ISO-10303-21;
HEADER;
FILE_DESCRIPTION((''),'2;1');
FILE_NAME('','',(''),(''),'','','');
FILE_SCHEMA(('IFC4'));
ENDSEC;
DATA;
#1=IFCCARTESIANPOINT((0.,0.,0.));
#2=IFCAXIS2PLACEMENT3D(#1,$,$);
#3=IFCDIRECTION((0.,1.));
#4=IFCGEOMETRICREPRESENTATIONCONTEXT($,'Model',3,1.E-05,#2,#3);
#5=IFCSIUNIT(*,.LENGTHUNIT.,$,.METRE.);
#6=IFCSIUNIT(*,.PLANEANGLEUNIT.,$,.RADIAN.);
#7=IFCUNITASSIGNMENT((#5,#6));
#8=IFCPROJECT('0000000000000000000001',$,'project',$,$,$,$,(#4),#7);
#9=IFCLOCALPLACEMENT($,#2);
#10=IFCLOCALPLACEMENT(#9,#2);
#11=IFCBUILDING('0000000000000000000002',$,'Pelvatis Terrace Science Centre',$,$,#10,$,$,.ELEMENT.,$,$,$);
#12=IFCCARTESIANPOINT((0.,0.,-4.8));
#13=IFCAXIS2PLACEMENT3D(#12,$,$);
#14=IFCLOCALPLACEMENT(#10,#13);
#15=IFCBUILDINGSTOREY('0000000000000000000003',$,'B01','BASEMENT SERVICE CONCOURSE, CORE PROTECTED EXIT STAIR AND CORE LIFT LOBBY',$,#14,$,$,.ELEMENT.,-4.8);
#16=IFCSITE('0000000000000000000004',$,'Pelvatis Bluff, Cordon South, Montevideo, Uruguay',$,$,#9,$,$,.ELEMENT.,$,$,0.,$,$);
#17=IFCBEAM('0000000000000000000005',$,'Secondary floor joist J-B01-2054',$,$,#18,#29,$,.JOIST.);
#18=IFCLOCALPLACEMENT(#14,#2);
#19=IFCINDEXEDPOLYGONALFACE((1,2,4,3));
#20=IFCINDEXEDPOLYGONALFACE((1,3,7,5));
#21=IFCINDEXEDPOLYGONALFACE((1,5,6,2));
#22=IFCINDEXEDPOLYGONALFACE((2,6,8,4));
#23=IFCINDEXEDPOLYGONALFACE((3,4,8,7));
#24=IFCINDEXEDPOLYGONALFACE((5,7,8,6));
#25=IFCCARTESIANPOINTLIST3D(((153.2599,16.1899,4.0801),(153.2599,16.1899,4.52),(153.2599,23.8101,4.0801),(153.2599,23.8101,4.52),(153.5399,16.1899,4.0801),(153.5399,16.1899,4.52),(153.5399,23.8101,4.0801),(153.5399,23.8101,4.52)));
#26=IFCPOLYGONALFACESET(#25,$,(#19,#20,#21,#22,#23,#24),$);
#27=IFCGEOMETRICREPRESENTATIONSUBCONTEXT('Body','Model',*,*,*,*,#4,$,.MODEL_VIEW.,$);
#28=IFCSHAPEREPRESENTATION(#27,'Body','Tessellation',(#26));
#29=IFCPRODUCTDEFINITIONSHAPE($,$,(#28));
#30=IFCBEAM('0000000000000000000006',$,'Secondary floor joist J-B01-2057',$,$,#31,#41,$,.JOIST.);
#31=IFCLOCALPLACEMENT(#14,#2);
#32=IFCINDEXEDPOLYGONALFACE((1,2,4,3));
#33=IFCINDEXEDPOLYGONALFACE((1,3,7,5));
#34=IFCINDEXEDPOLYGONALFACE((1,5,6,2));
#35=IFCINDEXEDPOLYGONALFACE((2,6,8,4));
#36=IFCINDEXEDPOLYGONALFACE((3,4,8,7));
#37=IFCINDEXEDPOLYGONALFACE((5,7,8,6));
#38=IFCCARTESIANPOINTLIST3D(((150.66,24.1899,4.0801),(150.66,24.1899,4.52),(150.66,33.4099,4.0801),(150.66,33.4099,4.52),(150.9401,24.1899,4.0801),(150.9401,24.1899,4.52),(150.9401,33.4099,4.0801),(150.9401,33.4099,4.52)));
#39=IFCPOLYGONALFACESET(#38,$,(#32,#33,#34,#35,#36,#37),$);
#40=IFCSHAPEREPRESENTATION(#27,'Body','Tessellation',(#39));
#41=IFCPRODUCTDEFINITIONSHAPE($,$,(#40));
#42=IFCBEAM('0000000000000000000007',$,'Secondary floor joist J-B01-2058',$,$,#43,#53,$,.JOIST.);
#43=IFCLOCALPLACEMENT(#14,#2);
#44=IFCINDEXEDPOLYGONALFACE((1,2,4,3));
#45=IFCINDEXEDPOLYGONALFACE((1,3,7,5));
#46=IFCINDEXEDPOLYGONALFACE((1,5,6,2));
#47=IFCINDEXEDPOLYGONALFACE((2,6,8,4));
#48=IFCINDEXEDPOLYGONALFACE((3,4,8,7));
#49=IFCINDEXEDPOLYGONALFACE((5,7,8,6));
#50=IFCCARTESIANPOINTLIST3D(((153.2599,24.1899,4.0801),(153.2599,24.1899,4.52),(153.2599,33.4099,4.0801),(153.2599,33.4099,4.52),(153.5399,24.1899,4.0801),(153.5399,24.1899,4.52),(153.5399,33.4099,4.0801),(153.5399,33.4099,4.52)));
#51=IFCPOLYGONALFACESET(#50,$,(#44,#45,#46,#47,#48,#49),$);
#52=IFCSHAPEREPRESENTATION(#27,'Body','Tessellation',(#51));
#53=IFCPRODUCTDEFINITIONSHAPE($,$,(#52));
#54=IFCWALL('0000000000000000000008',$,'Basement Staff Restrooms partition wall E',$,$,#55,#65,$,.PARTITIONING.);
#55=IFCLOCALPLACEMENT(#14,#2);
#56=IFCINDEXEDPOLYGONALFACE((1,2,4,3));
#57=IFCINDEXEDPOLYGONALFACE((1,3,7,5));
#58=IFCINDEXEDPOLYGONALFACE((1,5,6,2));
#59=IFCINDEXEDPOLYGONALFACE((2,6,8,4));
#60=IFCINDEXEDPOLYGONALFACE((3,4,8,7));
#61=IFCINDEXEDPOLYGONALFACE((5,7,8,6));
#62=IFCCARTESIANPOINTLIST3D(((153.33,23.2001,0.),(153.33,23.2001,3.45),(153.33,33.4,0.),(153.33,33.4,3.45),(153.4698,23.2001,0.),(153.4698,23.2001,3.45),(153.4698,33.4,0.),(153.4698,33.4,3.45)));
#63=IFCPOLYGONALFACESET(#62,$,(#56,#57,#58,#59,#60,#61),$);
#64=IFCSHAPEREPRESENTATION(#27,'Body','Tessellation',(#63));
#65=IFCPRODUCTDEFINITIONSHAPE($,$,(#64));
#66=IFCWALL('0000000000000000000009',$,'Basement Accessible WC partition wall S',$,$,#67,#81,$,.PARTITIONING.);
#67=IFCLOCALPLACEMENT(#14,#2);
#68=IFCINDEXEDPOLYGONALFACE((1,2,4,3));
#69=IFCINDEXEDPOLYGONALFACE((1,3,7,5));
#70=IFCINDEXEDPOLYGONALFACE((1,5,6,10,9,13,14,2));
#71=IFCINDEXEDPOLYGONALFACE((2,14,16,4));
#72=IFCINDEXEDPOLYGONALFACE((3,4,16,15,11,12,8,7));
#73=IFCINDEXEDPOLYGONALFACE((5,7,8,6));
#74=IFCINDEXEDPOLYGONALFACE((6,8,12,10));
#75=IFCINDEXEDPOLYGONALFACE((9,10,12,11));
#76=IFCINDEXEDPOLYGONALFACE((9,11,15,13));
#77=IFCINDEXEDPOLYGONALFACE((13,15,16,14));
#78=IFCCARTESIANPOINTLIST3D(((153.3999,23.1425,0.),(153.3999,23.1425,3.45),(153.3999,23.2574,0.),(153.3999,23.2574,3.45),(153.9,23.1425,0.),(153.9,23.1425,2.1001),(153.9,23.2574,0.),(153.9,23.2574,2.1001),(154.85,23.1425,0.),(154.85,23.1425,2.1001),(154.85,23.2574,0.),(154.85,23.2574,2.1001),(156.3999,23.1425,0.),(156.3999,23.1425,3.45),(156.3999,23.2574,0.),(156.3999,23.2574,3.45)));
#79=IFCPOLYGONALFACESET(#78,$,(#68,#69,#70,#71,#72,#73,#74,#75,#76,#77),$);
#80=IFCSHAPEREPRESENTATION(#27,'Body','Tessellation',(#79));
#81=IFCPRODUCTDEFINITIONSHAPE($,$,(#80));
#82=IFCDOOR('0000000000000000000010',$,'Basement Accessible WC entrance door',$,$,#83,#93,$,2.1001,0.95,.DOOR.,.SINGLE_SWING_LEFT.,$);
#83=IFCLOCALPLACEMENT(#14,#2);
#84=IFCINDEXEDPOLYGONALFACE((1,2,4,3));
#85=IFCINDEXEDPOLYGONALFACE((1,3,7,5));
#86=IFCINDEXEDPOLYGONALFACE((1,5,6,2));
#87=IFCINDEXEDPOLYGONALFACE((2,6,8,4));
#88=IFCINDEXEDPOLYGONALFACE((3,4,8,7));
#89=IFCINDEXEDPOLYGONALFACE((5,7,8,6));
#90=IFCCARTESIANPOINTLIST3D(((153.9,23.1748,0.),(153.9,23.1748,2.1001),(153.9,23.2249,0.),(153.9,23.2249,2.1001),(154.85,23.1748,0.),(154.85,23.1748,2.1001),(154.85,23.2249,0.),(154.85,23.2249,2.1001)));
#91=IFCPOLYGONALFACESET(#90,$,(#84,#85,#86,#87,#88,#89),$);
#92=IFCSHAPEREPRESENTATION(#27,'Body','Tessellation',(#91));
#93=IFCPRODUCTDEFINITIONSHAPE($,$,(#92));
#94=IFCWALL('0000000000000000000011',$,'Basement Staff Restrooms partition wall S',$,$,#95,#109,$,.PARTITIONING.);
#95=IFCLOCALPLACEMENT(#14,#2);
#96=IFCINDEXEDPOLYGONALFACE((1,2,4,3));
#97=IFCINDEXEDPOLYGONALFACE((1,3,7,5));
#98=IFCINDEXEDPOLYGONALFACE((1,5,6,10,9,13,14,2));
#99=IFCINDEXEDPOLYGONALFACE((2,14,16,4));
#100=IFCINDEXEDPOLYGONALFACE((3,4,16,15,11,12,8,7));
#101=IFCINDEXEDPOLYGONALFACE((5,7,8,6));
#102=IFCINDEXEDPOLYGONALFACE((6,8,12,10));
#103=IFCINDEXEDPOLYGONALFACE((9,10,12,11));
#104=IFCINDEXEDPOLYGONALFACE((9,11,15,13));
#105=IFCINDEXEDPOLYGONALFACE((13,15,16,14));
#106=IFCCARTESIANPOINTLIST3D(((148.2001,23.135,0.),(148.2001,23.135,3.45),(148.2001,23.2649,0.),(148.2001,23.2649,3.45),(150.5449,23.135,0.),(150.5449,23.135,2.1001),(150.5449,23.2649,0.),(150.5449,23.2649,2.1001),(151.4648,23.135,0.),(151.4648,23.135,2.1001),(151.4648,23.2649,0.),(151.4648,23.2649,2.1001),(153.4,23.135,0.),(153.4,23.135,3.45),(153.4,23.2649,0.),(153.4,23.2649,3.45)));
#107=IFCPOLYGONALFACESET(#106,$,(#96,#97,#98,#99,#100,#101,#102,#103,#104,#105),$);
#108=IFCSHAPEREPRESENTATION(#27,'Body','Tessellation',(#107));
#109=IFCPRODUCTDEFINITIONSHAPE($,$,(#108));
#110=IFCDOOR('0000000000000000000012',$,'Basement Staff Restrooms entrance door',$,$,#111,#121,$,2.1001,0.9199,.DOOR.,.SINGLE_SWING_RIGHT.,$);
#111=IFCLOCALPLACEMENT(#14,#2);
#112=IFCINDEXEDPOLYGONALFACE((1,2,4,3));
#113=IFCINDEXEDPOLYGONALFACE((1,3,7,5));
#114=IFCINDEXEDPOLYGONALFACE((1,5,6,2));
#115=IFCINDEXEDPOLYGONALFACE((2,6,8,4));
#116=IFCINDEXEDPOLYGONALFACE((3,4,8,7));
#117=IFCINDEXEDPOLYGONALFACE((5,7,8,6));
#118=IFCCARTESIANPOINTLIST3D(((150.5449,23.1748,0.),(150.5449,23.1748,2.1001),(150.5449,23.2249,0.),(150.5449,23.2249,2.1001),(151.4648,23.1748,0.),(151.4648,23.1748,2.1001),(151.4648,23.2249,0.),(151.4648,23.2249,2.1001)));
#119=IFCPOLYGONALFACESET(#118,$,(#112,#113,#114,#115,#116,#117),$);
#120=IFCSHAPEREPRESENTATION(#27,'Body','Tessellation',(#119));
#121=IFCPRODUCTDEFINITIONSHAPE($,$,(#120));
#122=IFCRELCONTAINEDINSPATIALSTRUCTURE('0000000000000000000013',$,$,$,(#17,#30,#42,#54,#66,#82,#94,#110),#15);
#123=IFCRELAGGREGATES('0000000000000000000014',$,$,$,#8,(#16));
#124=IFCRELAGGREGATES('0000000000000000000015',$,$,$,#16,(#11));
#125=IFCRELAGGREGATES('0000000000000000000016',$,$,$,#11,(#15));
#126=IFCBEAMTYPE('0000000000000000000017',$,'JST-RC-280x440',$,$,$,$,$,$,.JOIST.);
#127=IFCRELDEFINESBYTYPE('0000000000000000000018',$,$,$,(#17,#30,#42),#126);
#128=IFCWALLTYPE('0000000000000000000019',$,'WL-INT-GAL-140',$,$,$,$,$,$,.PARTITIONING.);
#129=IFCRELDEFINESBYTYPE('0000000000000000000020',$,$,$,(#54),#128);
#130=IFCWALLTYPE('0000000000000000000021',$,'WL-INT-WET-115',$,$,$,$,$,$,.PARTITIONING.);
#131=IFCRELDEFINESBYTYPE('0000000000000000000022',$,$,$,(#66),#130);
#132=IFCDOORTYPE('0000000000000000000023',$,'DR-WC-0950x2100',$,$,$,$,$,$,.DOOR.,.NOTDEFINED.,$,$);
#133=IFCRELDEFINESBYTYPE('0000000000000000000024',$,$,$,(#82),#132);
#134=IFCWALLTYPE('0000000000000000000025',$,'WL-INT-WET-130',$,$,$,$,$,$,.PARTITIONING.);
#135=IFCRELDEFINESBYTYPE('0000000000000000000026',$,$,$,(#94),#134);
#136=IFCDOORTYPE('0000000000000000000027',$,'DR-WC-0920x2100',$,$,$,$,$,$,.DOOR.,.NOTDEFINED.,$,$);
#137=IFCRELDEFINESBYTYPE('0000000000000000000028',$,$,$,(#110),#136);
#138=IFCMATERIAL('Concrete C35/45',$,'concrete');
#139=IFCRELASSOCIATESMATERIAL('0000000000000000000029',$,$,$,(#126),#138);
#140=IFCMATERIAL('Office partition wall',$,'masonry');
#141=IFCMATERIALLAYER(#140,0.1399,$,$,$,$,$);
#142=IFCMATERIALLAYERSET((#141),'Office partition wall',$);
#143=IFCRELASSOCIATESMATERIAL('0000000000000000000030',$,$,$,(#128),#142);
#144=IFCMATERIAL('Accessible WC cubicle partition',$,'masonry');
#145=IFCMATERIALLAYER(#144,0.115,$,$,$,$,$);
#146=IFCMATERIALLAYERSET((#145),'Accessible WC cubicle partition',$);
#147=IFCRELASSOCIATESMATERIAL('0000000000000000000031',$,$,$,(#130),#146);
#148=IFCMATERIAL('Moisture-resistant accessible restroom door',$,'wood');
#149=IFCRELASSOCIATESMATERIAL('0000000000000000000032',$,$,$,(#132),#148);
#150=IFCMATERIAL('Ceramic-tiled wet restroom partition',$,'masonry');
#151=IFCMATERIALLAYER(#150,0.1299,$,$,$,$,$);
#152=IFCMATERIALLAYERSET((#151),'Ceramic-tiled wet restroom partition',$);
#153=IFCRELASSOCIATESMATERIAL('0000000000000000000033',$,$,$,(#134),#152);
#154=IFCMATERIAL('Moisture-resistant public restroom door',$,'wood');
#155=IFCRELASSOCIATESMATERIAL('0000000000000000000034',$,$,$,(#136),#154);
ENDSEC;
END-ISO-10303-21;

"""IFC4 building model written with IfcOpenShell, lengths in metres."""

from ifc_helpers import new_model, si_unit, direction, frame, frame_2d, origin, origin_2d, place, context, subcontext, project, spatial, rectangle, extrude, material, layer, layer_set, material_profile, profile_set, type_object, element, fill, save


model = new_model("IFC4")

# Units and contexts
model_context = context("Model", 3, precision=1e-05, world=origin(), true_north=direction((0.0, 1.0)))
body_context = subcontext(model_context, "Body", "Model", "MODEL_VIEW")
ifc_project = project(units=[si_unit("LENGTHUNIT", "METRE"), si_unit("PLANEANGLEUNIT", "RADIAN")], contexts=[model_context])

# Site, building, storey
site_placement = place(None, origin())
site = spatial("IfcSite", under=ifc_project, at=site_placement, Name="Pelvatis Bluff, Cordon South, Montevideo, Uruguay", CompositionType="ELEMENT", RefElevation=0.0)
building_placement = place(site_placement, origin())
building = spatial("IfcBuilding", under=site, at=building_placement, Name="Pelvatis Terrace Science Centre", CompositionType="ELEMENT")
storey_placement = place(building_placement, frame((0.0, 0.0, -4.8)))
storey = spatial("IfcBuildingStorey", under=building, at=storey_placement, Name="B01", Description="BASEMENT SERVICE CONCOURSE, CORE PROTECTED EXIT STAIR AND CORE LIFT LOBBY", CompositionType="ELEMENT", Elevation=-4.8)

# Beams
ifc_material_1 = material(Name="Concrete C35/45", Category="concrete")
ifc_material_profile_1 = material_profile(ifc_material_1, rectangle(XDim=0.28, YDim=0.4399, at=origin_2d()), Name="RC-JST 280x440")
ifc_profile_set_1 = profile_set([ifc_material_profile_1], Name="Concrete C35/45")
beam_type_1 = type_object("IfcBeamType", Name="JST-RC-280x440", PredefinedType="JOIST", material=ifc_profile_set_1)
for number, where, z_axis, x_axis, name in (
    (1, (153.3999, 16.1899, 4.3), (0.0, 1.0, 0.0), (-1.0, 0.0, 0.0), "Secondary floor joist J-B01-2054"),
):
    element("IfcBeam", number, at=place(storey_placement, frame(where, z_axis=z_axis, x_axis=x_axis)), inside=storey, type_object=beam_type_1, Name=name, PredefinedType="JOIST", context=body_context, shape_type="SweptSolid", body=[
        extrude(rectangle(XDim=0.28, YDim=0.4399, at=origin_2d()), origin(), (0.0, 0.0, 1.0), 7.6201),
    ])
for number, where, z_axis, x_axis, name in (
    (2, (150.8, 24.1899, 4.3), (0.0, 1.0, 0.0), (-1.0, 0.0, 0.0), "Secondary floor joist J-B01-2057"),
    (3, (153.3999, 24.1899, 4.3), (0.0, 1.0, 0.0), (-1.0, 0.0, 0.0), "Secondary floor joist J-B01-2058"),
):
    element("IfcBeam", number, at=place(storey_placement, frame(where, z_axis=z_axis, x_axis=x_axis)), inside=storey, type_object=beam_type_1, Name=name, PredefinedType="JOIST", context=body_context, shape_type="SweptSolid", body=[
        extrude(rectangle(XDim=0.28, YDim=0.4399, at=origin_2d()), origin(), (0.0, 0.0, 1.0), 9.22),
    ])

# Wall
ifc_material_2 = material(Name="Office partition wall", Category="masonry")
ifc_layer_1 = layer(ifc_material_2, 0.1399)
ifc_layer_set_1 = layer_set([ifc_layer_1], Name="Office partition wall")
wall_type_1 = type_object("IfcWallType", Name="WL-INT-GAL-140", PredefinedType="PARTITIONING", material=ifc_layer_set_1)
wall_1_placement = place(storey_placement, frame((153.3999, 23.2, 0.0), z_axis=(0.0, 0.0, 1.0), x_axis=(0.0, 1.0, 0.0)))
element("IfcWall", 4, at=wall_1_placement, inside=storey, type_object=wall_type_1, Name="Basement Staff Restrooms partition wall E", PredefinedType="PARTITIONING", context=body_context, shape_type="SweptSolid", body=[
    extrude(rectangle(XDim=10.2, YDim=0.1399, at=frame_2d((5.1001, 0.0))), origin(), (0.0, 0.0, 1.0), 3.45),
])

# Walls, openings, doors
ifc_material_3 = material(Name="Accessible WC cubicle partition", Category="masonry")
ifc_layer_2 = layer(ifc_material_3, 0.115)
ifc_layer_set_2 = layer_set([ifc_layer_2], Name="Accessible WC cubicle partition")
wall_type_2 = type_object("IfcWallType", Name="WL-INT-WET-115", PredefinedType="PARTITIONING", material=ifc_layer_set_2)
wall_2_placement = place(storey_placement, frame((153.3999, 23.2, 0.0), z_axis=(0.0, 0.0, 1.0), x_axis=(1.0, 0.0, 0.0)))
wall_2 = element("IfcWall", 5, at=wall_2_placement, inside=storey, type_object=wall_type_2, Name="Basement Accessible WC partition wall S", PredefinedType="PARTITIONING", context=body_context, shape_type="SweptSolid", body=[
    extrude(rectangle(XDim=3.0, YDim=0.115, at=frame_2d((1.5, 0.0))), origin(), (0.0, 0.0, 1.0), 3.45),
])
opening_1_placement = place(wall_2_placement, frame((0.5, 0.0, 0.0)))
opening_1 = element("IfcOpeningElement", 6, at=opening_1_placement, cuts=wall_2, PredefinedType="OPENING", context=body_context, shape_type="SweptSolid", body=[
    extrude(rectangle(XDim=0.95, YDim=2.1001, at=frame_2d((0.4751, 1.05))), frame((0.0, 0.0674, 0.0), z_axis=(0.0, -1.0, 0.0), x_axis=(1.0, 0.0, 0.0)), (0.0, 0.0, 1.0), 0.135),
])
ifc_material_4 = material(Name="Moisture-resistant accessible restroom door", Category="wood")
door_type_1 = type_object("IfcDoorType", Name="DR-WC-0950x2100", OperationType="NOTDEFINED", PredefinedType="DOOR", material=ifc_material_4)
door_1_placement = place(opening_1_placement, origin())
door_1 = element("IfcDoor", 7, at=door_1_placement, inside=storey, type_object=door_type_1, Name="Basement Accessible WC entrance door", OperationType="SINGLE_SWING_LEFT", OverallHeight=2.1001, OverallWidth=0.95, PredefinedType="DOOR", context=body_context, shape_type="SweptSolid", body=[
    extrude(rectangle(XDim=0.95, YDim=2.1001, at=frame_2d((0.4751, 1.05))), frame((0.0, 0.0249, 0.0), z_axis=(0.0, -1.0, 0.0), x_axis=(1.0, 0.0, 0.0)), (0.0, 0.0, 1.0), 0.05),
])
fill(opening_1, door_1)
ifc_material_5 = material(Name="Ceramic-tiled wet restroom partition", Category="masonry")
ifc_layer_3 = layer(ifc_material_5, 0.1299)
ifc_layer_set_3 = layer_set([ifc_layer_3], Name="Ceramic-tiled wet restroom partition")
wall_type_3 = type_object("IfcWallType", Name="WL-INT-WET-130", PredefinedType="PARTITIONING", material=ifc_layer_set_3)
wall_3_placement = place(storey_placement, frame((148.2, 23.2, 0.0), z_axis=(0.0, 0.0, 1.0), x_axis=(1.0, 0.0, 0.0)))
wall_3 = element("IfcWall", 8, at=wall_3_placement, inside=storey, type_object=wall_type_3, Name="Basement Staff Restrooms partition wall S", PredefinedType="PARTITIONING", context=body_context, shape_type="SweptSolid", body=[
    extrude(rectangle(XDim=5.2, YDim=0.1299, at=frame_2d((2.6001, 0.0))), origin(), (0.0, 0.0, 1.0), 3.45),
])
opening_2_placement = place(wall_3_placement, frame((2.345, 0.0, 0.0)))
opening_2 = element("IfcOpeningElement", 9, at=opening_2_placement, cuts=wall_3, PredefinedType="OPENING", context=body_context, shape_type="SweptSolid", body=[
    extrude(rectangle(XDim=0.9199, YDim=2.1001, at=frame_2d((0.46, 1.05))), frame((0.0, 0.075, 0.0), z_axis=(0.0, -1.0, 0.0), x_axis=(1.0, 0.0, 0.0)), (0.0, 0.0, 1.0), 0.1499),
])
ifc_material_6 = material(Name="Moisture-resistant public restroom door", Category="wood")
door_type_2 = type_object("IfcDoorType", Name="DR-WC-0920x2100", OperationType="NOTDEFINED", PredefinedType="DOOR", material=ifc_material_6)
door_2_placement = place(opening_2_placement, origin())
door_2 = element("IfcDoor", 10, at=door_2_placement, inside=storey, type_object=door_type_2, Name="Basement Staff Restrooms entrance door", OperationType="SINGLE_SWING_RIGHT", OverallHeight=2.1001, OverallWidth=0.9199, PredefinedType="DOOR", context=body_context, shape_type="SweptSolid", body=[
    extrude(rectangle(XDim=0.9199, YDim=2.1001, at=frame_2d((0.46, 1.05))), frame((0.0, 0.0249, 0.0), z_axis=(0.0, -1.0, 0.0), x_axis=(1.0, 0.0, 0.0)), (0.0, 0.0, 1.0), 0.05),
])
fill(opening_2, door_2)

save(model, "model.ifc")
